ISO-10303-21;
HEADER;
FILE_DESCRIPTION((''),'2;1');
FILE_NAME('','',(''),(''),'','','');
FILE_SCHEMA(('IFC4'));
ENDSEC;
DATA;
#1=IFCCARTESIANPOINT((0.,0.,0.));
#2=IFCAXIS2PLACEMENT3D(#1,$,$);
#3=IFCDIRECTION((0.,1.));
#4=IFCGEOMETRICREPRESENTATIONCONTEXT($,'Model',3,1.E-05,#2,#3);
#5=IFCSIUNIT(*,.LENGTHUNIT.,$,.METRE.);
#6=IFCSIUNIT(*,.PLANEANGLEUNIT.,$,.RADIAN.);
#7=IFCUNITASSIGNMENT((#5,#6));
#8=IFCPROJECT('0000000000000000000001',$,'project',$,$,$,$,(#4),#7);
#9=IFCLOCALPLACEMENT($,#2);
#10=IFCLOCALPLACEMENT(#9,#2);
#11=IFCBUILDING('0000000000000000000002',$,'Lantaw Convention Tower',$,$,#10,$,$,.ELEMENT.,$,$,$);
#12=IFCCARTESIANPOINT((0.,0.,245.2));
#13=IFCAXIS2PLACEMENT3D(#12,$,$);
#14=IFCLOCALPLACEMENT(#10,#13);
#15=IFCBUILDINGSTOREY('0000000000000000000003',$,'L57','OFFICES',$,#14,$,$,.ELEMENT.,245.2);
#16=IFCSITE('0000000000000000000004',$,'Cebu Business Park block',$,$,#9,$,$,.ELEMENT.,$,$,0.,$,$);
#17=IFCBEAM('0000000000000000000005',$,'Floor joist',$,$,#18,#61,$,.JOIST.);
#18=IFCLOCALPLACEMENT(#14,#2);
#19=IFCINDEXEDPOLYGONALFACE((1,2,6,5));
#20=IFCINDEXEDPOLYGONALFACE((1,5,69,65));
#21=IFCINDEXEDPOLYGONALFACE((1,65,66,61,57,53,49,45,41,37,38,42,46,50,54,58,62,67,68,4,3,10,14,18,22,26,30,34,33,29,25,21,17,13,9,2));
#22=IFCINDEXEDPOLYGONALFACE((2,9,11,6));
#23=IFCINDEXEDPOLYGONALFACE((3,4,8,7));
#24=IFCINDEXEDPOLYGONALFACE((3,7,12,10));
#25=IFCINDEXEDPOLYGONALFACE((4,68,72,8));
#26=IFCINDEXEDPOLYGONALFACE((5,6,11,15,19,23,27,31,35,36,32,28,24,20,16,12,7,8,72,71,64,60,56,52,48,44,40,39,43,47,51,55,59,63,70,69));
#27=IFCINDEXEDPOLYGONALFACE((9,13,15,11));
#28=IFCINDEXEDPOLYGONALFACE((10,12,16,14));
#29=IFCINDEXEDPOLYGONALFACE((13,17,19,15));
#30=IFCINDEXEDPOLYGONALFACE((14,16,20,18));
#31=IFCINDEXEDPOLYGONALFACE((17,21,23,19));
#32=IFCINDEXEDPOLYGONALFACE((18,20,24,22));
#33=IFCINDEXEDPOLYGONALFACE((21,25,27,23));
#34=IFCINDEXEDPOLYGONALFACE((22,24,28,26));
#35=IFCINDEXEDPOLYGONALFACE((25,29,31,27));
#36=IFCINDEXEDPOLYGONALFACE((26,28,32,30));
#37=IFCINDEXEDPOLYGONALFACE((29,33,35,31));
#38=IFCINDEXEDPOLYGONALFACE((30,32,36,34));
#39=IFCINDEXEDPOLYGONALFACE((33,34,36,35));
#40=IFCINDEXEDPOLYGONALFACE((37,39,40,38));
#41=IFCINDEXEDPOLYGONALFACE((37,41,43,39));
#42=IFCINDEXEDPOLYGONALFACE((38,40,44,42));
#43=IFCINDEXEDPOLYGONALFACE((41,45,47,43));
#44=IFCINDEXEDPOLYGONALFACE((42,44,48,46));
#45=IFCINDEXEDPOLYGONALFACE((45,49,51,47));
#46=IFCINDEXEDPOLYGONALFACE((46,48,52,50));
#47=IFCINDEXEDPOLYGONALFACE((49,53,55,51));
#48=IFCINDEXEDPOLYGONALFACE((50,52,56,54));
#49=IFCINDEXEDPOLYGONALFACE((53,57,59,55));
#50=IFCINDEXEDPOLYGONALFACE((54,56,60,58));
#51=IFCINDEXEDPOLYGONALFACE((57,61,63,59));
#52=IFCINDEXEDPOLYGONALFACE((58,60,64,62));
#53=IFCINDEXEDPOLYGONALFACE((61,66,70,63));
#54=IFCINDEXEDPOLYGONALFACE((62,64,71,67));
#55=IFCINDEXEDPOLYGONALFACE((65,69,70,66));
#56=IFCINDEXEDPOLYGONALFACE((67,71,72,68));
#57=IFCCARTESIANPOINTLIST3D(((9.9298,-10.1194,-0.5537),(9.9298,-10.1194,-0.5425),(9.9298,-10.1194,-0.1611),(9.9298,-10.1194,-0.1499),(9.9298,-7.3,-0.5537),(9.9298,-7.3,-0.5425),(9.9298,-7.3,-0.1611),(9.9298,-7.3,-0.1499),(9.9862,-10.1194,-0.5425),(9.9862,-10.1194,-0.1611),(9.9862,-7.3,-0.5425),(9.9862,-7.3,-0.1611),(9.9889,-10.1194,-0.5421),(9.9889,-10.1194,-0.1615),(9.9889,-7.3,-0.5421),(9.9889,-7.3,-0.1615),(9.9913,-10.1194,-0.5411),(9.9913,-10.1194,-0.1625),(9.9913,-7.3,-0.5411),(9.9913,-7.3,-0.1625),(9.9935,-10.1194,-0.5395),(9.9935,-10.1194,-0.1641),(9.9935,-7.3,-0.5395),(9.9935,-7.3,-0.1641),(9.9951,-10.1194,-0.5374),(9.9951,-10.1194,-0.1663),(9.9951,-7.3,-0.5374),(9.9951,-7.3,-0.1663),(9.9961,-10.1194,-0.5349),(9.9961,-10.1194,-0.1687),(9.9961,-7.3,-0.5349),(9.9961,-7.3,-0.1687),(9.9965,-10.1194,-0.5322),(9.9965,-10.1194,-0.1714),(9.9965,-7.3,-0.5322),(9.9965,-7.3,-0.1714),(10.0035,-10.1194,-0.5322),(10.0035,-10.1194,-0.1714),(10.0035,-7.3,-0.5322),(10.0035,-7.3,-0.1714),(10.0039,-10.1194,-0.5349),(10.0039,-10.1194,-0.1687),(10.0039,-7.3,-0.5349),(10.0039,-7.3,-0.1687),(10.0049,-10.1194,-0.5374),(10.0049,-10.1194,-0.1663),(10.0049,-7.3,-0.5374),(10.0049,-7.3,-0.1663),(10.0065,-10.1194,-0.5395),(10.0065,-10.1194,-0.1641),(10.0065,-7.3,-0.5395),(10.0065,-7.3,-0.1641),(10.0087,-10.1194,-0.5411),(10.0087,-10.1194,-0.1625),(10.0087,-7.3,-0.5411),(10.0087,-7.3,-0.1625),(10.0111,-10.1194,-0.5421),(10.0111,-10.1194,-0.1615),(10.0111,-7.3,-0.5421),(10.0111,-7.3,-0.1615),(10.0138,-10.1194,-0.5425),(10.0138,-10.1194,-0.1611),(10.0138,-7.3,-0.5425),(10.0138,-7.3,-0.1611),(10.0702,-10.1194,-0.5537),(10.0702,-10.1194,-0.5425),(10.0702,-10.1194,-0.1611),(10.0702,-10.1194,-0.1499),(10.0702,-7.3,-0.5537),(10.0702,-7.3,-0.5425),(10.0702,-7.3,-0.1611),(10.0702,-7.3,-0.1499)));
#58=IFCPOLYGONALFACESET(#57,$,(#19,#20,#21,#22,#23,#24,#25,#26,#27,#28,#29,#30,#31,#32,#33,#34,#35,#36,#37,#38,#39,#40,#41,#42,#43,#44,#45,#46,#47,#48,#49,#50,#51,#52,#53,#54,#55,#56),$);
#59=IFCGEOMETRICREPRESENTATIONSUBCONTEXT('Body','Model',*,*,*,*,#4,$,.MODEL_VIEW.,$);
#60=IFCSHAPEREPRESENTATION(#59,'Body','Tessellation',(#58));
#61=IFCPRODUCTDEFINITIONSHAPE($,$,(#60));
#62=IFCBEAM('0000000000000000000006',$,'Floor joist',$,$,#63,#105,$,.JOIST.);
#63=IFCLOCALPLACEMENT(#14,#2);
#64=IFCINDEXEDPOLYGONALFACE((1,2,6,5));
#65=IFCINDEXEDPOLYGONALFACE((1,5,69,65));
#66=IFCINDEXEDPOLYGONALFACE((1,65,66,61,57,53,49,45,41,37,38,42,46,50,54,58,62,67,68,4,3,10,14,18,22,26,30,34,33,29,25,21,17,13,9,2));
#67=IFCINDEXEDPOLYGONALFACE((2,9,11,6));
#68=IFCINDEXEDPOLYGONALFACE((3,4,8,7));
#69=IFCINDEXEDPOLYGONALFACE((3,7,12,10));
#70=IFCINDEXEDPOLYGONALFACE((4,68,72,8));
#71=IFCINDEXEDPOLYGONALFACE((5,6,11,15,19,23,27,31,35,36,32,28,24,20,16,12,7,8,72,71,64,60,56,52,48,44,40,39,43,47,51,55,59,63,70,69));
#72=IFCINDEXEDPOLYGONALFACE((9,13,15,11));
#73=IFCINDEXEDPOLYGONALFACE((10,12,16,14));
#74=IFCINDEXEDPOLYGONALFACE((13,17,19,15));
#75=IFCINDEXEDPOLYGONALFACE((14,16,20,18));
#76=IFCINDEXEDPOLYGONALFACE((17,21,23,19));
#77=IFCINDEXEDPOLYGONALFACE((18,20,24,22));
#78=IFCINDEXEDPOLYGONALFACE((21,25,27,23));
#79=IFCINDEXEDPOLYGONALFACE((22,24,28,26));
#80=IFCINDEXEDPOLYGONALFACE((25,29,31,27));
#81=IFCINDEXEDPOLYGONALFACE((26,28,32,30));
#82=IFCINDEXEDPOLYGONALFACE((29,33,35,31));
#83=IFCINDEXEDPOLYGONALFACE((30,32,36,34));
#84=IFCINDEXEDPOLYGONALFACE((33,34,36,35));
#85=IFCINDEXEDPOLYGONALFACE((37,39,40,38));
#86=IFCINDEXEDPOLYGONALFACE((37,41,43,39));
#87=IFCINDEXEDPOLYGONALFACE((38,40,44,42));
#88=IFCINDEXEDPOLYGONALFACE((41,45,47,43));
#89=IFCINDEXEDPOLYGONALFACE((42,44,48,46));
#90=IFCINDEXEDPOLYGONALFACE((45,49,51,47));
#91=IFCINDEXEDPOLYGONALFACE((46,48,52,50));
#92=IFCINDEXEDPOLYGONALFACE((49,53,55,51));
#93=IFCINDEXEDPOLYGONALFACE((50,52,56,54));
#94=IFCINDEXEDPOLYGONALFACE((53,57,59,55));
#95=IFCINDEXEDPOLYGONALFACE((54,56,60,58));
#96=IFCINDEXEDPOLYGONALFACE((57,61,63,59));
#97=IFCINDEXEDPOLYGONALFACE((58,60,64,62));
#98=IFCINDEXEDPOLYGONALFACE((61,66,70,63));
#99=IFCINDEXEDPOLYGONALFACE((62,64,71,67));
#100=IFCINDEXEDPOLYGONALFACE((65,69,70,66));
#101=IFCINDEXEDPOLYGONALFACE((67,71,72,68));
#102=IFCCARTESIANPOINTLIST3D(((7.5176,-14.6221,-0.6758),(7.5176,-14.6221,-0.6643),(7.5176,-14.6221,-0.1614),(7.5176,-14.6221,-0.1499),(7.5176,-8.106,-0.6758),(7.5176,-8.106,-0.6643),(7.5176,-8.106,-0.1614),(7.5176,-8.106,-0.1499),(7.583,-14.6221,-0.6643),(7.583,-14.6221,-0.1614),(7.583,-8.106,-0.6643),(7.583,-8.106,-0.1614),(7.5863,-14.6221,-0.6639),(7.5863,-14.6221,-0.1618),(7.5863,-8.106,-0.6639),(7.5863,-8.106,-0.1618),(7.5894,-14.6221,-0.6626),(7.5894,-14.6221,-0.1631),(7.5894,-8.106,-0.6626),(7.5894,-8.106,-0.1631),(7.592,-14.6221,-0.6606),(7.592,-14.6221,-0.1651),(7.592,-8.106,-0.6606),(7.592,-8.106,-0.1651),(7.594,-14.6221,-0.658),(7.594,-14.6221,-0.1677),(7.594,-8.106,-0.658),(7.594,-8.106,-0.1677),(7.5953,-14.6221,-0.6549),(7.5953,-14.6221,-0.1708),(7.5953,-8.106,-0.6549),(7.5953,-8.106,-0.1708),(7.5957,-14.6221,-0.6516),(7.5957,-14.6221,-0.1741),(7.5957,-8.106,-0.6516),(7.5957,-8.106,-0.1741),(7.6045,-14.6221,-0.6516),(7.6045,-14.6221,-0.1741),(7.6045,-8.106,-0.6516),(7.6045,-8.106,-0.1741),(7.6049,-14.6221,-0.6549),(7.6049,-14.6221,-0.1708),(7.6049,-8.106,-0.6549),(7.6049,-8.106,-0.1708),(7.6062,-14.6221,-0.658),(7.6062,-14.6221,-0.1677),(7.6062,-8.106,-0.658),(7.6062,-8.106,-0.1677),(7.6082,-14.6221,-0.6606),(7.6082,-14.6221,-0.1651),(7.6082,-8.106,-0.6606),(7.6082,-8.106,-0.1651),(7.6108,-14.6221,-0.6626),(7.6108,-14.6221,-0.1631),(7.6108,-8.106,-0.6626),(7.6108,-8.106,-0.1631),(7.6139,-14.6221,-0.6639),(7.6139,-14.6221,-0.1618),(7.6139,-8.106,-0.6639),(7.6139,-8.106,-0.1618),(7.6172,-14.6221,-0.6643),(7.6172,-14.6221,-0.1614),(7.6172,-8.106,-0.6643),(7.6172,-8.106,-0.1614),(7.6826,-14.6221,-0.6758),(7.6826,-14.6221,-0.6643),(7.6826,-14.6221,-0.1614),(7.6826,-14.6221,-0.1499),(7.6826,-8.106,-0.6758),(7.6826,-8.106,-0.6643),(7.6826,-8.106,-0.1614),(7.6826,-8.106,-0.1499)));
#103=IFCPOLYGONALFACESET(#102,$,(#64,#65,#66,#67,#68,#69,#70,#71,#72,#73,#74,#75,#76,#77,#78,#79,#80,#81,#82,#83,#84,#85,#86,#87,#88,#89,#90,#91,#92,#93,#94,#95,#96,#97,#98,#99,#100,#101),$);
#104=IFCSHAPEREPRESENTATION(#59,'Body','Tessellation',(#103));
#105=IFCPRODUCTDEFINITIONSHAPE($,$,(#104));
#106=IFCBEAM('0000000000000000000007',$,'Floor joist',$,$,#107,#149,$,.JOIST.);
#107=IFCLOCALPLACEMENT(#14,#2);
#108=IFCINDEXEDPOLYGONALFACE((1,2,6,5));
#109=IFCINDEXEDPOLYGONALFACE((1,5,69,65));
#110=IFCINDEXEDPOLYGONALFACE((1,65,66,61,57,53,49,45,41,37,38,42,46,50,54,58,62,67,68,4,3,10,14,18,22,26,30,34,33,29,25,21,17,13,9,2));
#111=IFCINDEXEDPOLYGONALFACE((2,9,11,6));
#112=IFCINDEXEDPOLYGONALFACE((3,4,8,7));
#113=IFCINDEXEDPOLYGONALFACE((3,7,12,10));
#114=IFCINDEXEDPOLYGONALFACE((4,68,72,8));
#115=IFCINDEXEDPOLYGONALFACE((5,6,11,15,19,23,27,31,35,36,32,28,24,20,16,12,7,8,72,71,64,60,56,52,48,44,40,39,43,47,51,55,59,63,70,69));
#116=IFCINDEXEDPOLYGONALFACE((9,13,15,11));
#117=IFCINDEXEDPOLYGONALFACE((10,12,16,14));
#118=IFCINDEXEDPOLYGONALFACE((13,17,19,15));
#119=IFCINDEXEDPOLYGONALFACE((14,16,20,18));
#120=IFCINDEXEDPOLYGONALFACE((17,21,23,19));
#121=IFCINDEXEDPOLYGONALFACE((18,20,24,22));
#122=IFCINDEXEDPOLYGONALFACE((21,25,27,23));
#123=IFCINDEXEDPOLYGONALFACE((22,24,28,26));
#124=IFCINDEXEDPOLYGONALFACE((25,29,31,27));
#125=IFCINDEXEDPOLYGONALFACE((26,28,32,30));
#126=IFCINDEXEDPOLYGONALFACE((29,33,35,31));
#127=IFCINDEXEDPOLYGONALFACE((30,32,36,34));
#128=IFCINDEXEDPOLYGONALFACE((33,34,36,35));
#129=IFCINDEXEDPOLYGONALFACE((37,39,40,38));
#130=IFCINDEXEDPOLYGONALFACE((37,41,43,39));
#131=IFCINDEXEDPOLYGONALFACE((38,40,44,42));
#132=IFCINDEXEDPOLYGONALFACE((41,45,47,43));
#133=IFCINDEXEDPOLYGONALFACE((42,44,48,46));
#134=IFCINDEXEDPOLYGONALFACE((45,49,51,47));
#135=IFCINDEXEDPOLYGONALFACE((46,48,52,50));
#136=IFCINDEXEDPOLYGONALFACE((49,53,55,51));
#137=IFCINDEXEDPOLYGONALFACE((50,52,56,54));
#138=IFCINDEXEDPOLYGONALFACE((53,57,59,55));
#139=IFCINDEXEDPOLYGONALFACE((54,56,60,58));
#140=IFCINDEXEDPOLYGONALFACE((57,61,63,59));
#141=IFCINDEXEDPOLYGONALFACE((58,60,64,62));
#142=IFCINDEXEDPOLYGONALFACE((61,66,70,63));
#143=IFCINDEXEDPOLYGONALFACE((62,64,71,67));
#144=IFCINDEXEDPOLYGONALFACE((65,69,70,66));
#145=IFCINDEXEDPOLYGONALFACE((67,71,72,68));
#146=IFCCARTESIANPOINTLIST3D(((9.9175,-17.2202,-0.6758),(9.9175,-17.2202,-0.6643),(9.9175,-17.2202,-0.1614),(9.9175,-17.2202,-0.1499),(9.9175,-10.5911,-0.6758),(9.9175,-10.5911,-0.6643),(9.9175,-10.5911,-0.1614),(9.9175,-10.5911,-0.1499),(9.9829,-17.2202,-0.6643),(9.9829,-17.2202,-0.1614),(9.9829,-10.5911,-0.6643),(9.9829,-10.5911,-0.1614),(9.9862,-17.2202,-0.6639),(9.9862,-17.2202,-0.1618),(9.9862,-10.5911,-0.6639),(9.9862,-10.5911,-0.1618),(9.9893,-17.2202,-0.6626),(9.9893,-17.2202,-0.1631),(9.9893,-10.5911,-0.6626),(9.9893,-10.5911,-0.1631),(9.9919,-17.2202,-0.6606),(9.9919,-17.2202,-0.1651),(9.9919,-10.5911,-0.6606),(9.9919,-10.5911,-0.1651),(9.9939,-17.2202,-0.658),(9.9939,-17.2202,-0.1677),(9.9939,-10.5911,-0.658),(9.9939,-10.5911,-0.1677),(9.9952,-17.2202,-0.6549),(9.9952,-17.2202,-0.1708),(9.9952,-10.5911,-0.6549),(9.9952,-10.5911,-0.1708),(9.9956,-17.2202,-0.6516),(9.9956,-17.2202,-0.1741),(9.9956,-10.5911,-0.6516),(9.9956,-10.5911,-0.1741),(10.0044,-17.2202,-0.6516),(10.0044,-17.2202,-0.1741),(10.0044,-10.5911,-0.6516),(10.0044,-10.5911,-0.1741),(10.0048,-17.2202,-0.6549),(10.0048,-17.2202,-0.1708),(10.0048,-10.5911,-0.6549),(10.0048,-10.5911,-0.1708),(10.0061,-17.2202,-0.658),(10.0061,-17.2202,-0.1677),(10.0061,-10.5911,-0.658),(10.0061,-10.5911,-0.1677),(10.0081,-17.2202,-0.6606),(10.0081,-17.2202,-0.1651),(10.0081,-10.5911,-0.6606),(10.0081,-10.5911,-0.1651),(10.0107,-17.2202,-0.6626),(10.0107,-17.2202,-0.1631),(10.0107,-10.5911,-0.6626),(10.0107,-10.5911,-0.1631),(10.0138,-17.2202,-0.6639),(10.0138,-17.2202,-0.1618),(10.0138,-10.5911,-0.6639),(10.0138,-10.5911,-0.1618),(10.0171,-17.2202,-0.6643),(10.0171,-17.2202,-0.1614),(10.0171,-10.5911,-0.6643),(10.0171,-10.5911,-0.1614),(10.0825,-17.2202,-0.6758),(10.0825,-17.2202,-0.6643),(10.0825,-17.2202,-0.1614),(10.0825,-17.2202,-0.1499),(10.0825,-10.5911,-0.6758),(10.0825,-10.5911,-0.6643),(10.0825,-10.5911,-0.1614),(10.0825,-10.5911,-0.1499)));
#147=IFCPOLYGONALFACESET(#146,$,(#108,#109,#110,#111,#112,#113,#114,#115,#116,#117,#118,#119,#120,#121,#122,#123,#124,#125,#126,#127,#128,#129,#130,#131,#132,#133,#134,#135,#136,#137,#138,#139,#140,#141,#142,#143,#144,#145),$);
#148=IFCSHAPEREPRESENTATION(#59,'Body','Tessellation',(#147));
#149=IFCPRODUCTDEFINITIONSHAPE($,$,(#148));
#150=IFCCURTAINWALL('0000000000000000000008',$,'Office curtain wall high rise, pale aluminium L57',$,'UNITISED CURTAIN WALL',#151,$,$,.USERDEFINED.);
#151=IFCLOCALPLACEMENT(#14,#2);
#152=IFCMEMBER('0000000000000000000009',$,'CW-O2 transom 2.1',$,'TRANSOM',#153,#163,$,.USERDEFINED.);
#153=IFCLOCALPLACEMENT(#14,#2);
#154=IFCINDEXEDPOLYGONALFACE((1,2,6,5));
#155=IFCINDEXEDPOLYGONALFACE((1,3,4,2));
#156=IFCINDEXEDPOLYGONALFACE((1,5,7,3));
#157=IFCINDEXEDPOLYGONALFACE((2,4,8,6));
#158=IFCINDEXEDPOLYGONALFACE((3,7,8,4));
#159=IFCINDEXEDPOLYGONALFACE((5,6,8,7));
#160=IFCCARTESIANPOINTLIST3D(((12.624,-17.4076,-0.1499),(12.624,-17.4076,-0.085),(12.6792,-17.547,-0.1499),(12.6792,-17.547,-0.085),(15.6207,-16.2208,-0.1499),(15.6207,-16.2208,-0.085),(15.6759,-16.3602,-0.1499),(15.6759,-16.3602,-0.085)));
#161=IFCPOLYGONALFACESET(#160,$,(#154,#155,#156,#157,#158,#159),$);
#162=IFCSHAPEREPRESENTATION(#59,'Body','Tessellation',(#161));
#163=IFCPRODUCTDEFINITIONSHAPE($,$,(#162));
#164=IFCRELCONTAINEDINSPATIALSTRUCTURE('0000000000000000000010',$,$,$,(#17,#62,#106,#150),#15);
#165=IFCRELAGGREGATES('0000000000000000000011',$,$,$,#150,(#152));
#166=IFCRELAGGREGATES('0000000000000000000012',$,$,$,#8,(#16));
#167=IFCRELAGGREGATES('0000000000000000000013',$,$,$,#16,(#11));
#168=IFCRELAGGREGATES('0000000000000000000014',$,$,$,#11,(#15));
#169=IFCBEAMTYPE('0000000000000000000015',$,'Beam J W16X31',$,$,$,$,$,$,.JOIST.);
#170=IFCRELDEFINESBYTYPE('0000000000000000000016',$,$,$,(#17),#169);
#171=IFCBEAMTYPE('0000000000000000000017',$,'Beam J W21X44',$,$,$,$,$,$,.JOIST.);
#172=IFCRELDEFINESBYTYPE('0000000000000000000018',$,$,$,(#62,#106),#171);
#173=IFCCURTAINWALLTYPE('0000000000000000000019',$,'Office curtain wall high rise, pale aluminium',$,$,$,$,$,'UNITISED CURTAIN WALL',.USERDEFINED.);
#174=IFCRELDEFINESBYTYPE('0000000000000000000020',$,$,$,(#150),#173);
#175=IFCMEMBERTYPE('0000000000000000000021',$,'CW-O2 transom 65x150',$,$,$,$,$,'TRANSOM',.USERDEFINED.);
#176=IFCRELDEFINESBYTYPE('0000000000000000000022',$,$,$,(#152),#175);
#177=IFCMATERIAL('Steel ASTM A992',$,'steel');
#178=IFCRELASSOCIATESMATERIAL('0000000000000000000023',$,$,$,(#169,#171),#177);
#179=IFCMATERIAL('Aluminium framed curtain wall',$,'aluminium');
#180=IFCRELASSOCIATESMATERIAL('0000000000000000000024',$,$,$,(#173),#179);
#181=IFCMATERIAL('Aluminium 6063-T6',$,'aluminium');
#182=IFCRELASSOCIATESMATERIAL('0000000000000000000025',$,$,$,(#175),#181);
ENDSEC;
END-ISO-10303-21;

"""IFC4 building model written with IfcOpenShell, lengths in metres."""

from ifc_helpers import new_model, si_unit, direction, frame, origin, origin_2d, place, context, subcontext, project, spatial, rectangle, i_section, extrude, material, material_profile, profile_set, type_object, element, aggregate, save


model = new_model("IFC4")

# Units and contexts
model_context = context("Model", 3, precision=1e-05, world=origin(), true_north=direction((0.0, 1.0)))
body_context = subcontext(model_context, "Body", "Model", "MODEL_VIEW")
ifc_project = project(units=[si_unit("LENGTHUNIT", "METRE"), si_unit("PLANEANGLEUNIT", "RADIAN")], contexts=[model_context])

# Site, building, storey
site_placement = place(None, origin())
site = spatial("IfcSite", under=ifc_project, at=site_placement, Name="Cebu Business Park block", CompositionType="ELEMENT", RefElevation=0.0)
building_placement = place(site_placement, origin())
building = spatial("IfcBuilding", under=site, at=building_placement, Name="Lantaw Convention Tower", CompositionType="ELEMENT")
storey_placement = place(building_placement, frame((0.0, 0.0, 245.2)))
storey = spatial("IfcBuildingStorey", under=building, at=storey_placement, Name="L57", Description="OFFICES", CompositionType="ELEMENT", Elevation=245.2)

# Beams
ifc_material_1 = material(Name="Steel ASTM A992", Category="steel")
ifc_material_profile_1 = material_profile(ifc_material_1, i_section(OverallWidth=0.1404, OverallDepth=0.4038, WebThickness=0.0071, FlangeThickness=0.0112, FilletRadius=0.0103, at=origin_2d()), Name="W16X31")
ifc_profile_set_1 = profile_set([ifc_material_profile_1], Name="Steel ASTM A992")
beam_type_1 = type_object("IfcBeamType", Name="Beam J W16X31", PredefinedType="JOIST", material=ifc_profile_set_1)
beam_1_placement = place(storey_placement, frame((10.0, -10.1194, -0.3518), z_axis=(0.0, 1.0, 0.0), x_axis=(-1.0, 0.0, 0.0)))
element("IfcBeam", 1, at=beam_1_placement, inside=storey, type_object=beam_type_1, Name="Floor joist", PredefinedType="JOIST", context=body_context, shape_type="SweptSolid", body=[
    extrude(i_section(OverallWidth=0.1404, OverallDepth=0.4038, WebThickness=0.0071, FlangeThickness=0.0112, FilletRadius=0.0103, at=origin_2d()), origin(), (0.0, 0.0, 1.0), 2.8193),
])
ifc_material_profile_2 = material_profile(ifc_material_1, i_section(OverallWidth=0.165, OverallDepth=0.5259, WebThickness=0.0088, FlangeThickness=0.0115, FilletRadius=0.0127, at=origin_2d()), Name="W21X44")
ifc_profile_set_2 = profile_set([ifc_material_profile_2], Name="Steel ASTM A992")
beam_type_2 = type_object("IfcBeamType", Name="Beam J W21X44", PredefinedType="JOIST", material=ifc_profile_set_2)
beam_2_placement = place(storey_placement, frame((7.6001, -14.6221, -0.4128), z_axis=(0.0, 1.0, 0.0), x_axis=(-1.0, 0.0, 0.0)))
element("IfcBeam", 2, at=beam_2_placement, inside=storey, type_object=beam_type_2, Name="Floor joist", PredefinedType="JOIST", context=body_context, shape_type="SweptSolid", body=[
    extrude(i_section(OverallWidth=0.165, OverallDepth=0.5259, WebThickness=0.0088, FlangeThickness=0.0115, FilletRadius=0.0127, at=origin_2d()), origin(), (0.0, 0.0, 1.0), 6.5161),
])
beam_3_placement = place(storey_placement, frame((10.0, -17.2202, -0.4128), z_axis=(0.0, 1.0, 0.0), x_axis=(-1.0, 0.0, 0.0)))
element("IfcBeam", 3, at=beam_3_placement, inside=storey, type_object=beam_type_2, Name="Floor joist", PredefinedType="JOIST", context=body_context, shape_type="SweptSolid", body=[
    extrude(i_section(OverallWidth=0.165, OverallDepth=0.5259, WebThickness=0.0088, FlangeThickness=0.0115, FilletRadius=0.0127, at=origin_2d()), origin(), (0.0, 0.0, 1.0), 6.6292),
])

# Curtain wall, member
ifc_material_2 = material(Name="Aluminium framed curtain wall", Category="aluminium")
curtain_wall_type = type_object("IfcCurtainWallType", Name="Office curtain wall high rise, pale aluminium", ElementType="UNITISED CURTAIN WALL", PredefinedType="USERDEFINED", material=ifc_material_2)
curtain_wall_placement = place(storey_placement, origin())
curtain_wall = element("IfcCurtainWall", 4, at=curtain_wall_placement, inside=storey, type_object=curtain_wall_type, Name="Office curtain wall high rise, pale aluminium L57", ObjectType="UNITISED CURTAIN WALL", PredefinedType="USERDEFINED")
ifc_material_3 = material(Name="Aluminium 6063-T6", Category="aluminium")
ifc_material_profile_3 = material_profile(ifc_material_3, rectangle(XDim=0.1499, YDim=0.0649, at=origin_2d()), Name="CW-O2 transom 65x150")
ifc_profile_set_3 = profile_set([ifc_material_profile_3], Name="Aluminium 6063-T6")
member_type = type_object("IfcMemberType", Name="CW-O2 transom 65x150", ElementType="TRANSOM", PredefinedType="USERDEFINED", material=ifc_profile_set_3)
member_placement = place(storey_placement, frame((12.6516, -17.4773, -0.1174), z_axis=(0.929741, 0.368215, 0.0), x_axis=(-0.368215, 0.929741, 0.0)))
member = element("IfcMember", 5, at=member_placement, type_object=member_type, Name="CW-O2 transom 2.1", ObjectType="TRANSOM", PredefinedType="USERDEFINED", context=body_context, shape_type="SweptSolid", body=[
    extrude(rectangle(XDim=0.1499, YDim=0.0649, at=origin_2d()), origin(), (0.0, 0.0, 1.0), 3.2231),
])
aggregate(curtain_wall, [member])

save(model, "model.ifc")
